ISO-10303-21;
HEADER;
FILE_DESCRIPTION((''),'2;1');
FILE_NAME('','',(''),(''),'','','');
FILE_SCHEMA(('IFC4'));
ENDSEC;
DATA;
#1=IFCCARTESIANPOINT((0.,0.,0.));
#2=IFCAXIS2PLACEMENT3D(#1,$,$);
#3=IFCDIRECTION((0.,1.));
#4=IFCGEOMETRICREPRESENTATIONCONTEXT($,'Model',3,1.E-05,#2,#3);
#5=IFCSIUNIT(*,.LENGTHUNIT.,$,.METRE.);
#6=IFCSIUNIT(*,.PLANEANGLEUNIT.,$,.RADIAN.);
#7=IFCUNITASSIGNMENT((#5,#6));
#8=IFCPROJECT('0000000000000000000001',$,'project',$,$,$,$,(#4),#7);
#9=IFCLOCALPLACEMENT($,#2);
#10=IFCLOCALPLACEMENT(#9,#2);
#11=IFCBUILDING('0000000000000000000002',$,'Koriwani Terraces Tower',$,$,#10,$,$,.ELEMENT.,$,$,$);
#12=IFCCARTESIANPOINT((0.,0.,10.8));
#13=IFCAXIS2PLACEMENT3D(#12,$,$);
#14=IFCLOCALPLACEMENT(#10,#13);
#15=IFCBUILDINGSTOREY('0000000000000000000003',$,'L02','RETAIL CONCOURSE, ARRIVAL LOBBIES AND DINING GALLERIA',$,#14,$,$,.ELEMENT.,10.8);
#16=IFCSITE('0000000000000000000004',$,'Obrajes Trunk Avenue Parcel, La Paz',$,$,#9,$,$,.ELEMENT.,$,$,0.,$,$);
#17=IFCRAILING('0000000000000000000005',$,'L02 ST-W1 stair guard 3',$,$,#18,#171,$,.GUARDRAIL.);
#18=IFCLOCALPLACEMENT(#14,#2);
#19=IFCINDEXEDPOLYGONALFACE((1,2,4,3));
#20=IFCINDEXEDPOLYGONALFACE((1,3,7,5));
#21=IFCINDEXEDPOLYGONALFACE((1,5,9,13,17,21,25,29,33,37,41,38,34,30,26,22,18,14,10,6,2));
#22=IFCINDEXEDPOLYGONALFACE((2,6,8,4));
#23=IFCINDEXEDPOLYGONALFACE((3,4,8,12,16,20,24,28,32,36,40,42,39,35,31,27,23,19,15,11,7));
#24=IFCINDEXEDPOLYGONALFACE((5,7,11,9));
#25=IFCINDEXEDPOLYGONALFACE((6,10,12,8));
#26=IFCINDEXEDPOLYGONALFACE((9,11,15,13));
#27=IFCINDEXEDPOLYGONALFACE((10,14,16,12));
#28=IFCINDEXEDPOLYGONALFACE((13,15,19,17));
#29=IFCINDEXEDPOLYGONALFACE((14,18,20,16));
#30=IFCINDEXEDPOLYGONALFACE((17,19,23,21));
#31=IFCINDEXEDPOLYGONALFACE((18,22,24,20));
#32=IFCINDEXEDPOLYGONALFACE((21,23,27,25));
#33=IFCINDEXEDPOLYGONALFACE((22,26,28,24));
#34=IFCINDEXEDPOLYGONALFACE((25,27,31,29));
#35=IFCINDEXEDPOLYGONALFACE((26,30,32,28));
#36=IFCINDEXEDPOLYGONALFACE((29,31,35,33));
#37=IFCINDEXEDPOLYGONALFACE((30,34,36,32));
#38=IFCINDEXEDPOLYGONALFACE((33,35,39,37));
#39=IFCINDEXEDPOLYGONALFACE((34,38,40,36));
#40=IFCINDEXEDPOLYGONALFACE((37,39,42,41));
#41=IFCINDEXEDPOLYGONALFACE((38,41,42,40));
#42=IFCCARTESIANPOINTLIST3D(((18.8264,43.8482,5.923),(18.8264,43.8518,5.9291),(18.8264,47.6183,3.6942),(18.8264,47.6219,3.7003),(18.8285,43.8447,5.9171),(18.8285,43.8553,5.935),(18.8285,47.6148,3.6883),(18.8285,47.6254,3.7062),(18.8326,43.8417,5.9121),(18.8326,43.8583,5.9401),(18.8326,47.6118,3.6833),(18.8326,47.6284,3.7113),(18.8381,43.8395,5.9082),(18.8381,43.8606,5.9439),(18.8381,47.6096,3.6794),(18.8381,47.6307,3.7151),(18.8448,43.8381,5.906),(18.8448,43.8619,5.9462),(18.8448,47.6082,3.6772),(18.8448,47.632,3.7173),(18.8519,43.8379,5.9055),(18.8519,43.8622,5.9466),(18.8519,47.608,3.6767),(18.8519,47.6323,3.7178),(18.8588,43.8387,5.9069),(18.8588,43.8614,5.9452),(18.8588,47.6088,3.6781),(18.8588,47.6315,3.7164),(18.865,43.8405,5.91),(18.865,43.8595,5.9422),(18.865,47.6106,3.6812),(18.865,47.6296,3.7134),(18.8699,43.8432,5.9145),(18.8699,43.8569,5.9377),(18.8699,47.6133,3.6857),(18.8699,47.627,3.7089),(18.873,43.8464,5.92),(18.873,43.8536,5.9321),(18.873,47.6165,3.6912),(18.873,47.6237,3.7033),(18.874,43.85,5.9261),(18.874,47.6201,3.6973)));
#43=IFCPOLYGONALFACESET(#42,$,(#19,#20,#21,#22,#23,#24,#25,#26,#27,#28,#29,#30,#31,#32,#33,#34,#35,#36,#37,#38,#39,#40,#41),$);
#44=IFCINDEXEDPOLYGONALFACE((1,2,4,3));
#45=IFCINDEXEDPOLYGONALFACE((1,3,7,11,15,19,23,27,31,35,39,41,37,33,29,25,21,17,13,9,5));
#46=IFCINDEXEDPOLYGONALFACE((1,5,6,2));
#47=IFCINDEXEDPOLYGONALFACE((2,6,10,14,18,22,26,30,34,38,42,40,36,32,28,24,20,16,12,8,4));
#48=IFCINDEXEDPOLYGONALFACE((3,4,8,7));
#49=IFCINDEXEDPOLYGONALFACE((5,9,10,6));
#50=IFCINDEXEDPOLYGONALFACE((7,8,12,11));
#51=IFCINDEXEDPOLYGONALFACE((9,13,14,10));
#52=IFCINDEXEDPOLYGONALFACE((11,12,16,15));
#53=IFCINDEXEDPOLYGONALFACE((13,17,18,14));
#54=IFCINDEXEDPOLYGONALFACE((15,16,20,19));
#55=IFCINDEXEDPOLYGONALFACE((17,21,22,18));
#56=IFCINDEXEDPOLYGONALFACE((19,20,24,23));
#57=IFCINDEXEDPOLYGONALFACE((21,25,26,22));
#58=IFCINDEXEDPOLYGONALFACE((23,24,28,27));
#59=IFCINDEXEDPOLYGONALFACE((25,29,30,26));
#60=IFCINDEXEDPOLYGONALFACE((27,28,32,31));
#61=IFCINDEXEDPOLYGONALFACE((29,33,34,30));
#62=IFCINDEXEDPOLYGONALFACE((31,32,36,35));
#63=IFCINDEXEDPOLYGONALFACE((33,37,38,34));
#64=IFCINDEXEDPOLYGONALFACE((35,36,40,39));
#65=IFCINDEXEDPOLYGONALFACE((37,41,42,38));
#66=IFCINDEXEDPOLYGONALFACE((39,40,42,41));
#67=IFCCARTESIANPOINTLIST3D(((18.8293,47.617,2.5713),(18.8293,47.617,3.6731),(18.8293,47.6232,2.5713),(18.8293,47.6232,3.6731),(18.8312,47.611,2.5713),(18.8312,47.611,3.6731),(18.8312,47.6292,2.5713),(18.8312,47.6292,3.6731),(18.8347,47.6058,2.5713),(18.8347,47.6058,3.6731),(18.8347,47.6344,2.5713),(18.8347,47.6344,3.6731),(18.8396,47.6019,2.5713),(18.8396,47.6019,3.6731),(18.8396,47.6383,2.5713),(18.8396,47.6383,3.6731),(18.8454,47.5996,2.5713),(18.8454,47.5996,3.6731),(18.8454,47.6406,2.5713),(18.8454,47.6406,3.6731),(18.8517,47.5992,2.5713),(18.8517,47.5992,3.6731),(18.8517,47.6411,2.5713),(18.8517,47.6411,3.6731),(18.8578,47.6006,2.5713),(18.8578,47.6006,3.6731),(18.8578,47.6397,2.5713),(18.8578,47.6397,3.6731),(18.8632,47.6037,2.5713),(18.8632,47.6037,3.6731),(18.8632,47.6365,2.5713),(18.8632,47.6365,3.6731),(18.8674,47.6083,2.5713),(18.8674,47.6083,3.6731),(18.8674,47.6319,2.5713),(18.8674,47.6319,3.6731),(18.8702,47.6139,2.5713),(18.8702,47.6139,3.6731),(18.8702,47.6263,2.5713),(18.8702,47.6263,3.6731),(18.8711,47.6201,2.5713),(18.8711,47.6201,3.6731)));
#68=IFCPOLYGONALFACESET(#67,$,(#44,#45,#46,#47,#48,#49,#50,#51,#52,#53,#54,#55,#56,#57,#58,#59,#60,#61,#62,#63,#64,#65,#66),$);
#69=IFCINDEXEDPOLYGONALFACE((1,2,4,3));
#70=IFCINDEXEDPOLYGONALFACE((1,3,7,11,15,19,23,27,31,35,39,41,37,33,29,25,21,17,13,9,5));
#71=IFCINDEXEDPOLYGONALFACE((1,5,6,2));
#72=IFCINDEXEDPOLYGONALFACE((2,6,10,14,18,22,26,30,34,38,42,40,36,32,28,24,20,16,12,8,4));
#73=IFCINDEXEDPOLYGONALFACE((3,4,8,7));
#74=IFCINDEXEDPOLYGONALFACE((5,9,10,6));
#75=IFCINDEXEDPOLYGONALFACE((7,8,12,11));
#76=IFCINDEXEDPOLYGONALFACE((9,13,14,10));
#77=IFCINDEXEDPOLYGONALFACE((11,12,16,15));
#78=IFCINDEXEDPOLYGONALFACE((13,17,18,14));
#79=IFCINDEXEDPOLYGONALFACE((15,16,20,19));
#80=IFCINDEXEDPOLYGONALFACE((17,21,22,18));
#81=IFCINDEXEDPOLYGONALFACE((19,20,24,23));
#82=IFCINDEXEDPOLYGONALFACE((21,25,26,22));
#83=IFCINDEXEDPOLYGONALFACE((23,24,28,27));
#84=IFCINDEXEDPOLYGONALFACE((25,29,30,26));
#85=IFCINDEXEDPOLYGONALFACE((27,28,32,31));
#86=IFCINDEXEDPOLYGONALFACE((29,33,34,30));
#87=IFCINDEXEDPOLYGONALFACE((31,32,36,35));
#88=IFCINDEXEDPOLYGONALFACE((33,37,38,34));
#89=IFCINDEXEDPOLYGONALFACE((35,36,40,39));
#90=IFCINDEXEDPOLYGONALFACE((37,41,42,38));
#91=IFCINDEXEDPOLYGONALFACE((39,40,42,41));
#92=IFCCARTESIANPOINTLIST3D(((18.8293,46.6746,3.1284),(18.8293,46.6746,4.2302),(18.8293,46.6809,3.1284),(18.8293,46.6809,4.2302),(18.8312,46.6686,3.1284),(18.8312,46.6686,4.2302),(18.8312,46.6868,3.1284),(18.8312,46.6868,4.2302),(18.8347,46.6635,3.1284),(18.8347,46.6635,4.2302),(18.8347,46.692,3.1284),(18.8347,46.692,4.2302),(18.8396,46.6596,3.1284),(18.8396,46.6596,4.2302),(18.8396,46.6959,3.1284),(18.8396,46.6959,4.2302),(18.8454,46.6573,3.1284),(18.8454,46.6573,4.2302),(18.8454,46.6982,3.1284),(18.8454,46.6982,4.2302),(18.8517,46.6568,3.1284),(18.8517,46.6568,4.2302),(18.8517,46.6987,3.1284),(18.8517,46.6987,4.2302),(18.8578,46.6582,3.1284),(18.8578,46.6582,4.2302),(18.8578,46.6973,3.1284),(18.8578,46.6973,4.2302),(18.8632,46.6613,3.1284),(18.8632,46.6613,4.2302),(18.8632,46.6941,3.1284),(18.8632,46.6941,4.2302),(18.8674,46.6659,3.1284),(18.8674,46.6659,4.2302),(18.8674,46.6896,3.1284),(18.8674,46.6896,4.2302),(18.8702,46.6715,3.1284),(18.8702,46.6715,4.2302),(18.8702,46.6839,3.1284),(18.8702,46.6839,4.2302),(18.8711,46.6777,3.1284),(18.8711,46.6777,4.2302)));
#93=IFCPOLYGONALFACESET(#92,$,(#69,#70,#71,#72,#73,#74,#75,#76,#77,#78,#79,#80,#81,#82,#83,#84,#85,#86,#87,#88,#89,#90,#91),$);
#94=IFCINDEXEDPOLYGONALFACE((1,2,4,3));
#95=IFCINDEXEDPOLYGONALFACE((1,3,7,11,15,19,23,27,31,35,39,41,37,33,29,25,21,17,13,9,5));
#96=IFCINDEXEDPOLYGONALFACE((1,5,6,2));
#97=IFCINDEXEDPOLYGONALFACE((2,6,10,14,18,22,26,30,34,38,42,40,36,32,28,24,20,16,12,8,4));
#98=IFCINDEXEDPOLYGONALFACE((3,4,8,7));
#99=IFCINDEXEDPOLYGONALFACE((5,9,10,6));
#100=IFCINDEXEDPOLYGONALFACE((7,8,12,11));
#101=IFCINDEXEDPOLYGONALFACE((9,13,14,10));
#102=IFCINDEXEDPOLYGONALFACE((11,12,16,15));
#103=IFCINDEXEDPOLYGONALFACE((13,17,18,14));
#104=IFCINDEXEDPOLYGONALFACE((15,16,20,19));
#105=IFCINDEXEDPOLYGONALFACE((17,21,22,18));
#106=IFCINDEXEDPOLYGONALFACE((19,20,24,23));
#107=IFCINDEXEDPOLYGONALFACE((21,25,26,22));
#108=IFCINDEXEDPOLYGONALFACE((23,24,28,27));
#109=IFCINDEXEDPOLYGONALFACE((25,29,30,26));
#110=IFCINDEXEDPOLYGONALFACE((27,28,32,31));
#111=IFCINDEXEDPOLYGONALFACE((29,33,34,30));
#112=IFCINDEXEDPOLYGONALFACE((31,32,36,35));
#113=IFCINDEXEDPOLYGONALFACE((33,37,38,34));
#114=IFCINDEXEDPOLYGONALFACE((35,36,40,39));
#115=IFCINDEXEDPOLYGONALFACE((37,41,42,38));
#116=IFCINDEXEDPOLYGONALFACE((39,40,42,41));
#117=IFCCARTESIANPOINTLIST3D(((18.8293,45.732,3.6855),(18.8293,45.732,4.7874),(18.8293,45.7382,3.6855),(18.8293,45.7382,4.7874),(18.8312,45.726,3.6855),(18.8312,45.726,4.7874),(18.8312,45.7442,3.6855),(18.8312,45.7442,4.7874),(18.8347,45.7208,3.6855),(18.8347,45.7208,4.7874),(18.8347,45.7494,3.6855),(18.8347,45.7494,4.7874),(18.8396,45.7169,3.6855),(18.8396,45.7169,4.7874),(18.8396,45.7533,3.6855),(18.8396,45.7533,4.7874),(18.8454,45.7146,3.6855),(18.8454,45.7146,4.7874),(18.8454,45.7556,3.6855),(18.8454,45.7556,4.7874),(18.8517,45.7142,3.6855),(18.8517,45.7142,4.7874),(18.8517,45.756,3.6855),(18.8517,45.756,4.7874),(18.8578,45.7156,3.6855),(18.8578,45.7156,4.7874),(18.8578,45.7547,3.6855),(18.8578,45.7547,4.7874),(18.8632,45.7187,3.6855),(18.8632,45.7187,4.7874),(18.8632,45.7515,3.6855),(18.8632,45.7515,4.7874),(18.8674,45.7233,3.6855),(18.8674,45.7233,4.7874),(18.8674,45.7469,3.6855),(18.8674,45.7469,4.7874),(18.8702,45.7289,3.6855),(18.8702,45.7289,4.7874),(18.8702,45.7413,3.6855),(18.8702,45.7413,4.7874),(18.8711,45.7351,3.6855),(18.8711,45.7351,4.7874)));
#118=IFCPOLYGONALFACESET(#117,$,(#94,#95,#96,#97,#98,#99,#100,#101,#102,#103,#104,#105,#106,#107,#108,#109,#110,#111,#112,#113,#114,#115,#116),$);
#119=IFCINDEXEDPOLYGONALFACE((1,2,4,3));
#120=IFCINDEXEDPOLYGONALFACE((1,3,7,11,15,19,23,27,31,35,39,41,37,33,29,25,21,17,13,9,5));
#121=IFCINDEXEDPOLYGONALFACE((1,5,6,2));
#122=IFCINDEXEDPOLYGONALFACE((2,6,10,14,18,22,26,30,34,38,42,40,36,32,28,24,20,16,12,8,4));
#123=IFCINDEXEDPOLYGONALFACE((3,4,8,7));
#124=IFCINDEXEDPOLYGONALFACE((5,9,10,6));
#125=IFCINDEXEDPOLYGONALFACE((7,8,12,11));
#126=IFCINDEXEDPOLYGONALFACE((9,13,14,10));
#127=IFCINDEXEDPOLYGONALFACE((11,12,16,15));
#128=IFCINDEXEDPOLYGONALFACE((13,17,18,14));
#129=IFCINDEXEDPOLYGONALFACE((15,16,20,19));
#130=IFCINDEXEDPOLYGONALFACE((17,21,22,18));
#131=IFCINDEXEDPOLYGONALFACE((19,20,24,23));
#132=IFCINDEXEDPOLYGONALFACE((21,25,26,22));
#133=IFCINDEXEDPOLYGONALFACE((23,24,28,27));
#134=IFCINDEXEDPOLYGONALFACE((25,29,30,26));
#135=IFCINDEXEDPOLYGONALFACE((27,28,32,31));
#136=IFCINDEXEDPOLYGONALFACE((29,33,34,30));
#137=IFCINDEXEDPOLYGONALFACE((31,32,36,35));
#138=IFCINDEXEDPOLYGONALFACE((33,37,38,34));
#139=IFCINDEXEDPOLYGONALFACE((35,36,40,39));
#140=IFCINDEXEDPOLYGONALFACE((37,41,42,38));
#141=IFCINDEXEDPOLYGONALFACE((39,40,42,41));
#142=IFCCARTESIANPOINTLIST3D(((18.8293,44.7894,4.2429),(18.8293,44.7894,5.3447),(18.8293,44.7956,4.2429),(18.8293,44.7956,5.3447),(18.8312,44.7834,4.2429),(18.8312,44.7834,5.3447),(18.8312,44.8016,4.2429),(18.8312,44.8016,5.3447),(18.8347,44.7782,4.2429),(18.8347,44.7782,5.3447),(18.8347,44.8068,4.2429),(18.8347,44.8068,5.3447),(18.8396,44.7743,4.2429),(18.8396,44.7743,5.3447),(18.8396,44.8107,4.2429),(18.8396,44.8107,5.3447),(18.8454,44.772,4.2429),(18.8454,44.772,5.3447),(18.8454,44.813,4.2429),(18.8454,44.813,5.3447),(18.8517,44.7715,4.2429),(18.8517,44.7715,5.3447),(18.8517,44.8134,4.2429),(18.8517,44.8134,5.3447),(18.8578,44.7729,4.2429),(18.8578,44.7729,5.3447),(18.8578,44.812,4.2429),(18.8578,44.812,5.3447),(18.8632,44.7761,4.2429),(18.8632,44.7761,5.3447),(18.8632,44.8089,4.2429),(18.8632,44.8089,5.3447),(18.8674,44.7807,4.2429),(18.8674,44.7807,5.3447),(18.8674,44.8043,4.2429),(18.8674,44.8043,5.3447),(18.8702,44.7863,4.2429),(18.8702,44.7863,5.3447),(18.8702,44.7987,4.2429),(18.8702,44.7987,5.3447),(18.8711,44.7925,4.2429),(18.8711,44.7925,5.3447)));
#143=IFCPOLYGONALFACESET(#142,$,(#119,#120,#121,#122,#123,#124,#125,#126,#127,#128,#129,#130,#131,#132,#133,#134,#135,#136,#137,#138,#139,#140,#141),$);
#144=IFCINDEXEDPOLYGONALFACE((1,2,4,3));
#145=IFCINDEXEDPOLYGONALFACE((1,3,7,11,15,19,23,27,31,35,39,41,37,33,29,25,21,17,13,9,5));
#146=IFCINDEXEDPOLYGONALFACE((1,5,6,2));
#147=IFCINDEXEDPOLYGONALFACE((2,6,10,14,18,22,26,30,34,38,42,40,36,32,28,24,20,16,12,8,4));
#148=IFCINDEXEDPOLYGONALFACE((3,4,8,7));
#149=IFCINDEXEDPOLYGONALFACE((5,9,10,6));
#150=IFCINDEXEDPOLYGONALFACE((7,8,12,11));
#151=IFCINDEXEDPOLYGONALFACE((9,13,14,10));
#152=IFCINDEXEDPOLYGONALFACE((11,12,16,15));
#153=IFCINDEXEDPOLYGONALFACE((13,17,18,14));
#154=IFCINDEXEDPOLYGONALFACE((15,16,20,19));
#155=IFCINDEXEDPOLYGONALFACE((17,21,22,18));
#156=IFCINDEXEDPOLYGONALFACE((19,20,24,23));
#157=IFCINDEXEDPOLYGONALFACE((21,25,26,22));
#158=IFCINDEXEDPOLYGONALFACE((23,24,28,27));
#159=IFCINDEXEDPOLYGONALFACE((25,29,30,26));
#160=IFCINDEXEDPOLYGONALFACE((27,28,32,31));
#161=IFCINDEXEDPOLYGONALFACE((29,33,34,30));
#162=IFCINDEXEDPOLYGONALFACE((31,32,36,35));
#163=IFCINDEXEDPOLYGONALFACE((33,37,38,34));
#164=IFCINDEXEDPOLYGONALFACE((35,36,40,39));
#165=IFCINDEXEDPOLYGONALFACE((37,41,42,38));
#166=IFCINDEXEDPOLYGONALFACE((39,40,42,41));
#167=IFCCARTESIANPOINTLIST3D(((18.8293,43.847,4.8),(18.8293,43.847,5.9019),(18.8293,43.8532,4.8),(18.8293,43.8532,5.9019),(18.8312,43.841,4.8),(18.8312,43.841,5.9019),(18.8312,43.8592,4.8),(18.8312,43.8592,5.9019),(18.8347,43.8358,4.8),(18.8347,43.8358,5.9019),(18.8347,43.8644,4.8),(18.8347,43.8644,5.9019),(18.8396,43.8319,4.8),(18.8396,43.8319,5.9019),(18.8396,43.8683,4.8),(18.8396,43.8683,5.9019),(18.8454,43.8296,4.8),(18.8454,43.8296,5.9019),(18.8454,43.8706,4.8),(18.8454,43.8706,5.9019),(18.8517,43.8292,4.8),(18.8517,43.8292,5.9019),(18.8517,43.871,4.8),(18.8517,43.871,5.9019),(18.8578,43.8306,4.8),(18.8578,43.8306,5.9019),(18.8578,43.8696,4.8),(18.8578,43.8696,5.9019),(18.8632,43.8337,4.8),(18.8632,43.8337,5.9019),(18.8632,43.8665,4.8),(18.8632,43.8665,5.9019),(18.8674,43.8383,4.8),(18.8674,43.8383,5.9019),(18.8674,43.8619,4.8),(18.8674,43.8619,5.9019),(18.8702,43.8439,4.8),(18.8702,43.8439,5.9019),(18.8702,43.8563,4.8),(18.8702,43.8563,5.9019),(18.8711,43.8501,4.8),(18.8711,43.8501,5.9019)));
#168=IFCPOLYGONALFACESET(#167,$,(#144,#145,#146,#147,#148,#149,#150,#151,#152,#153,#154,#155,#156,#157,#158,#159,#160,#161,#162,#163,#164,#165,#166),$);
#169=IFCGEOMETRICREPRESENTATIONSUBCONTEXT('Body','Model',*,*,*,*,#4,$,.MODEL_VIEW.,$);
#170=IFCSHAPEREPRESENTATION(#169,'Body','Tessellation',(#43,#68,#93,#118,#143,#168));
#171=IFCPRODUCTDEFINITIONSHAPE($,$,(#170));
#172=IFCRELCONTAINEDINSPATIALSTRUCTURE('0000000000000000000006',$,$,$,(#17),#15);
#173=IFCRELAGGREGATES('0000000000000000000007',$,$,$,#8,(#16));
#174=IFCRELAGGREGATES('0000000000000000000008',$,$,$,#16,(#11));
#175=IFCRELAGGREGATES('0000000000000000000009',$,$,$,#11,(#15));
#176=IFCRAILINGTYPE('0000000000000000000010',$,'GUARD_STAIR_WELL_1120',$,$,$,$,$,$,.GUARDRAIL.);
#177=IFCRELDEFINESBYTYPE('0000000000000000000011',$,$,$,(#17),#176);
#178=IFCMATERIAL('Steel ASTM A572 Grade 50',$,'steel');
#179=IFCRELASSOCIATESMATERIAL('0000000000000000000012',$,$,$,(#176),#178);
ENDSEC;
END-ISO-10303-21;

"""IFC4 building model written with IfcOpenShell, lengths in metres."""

from ifc_helpers import new_model, si_unit, direction, frame, origin, origin_2d, place, context, subcontext, project, spatial, circle, extrude, material, type_object, element, save


model = new_model("IFC4")

# Units and contexts
model_context = context("Model", 3, precision=1e-05, world=origin(), true_north=direction((0.0, 1.0)))
body_context = subcontext(model_context, "Body", "Model", "MODEL_VIEW")
ifc_project = project(units=[si_unit("LENGTHUNIT", "METRE"), si_unit("PLANEANGLEUNIT", "RADIAN")], contexts=[model_context])

# Site, building, storey
site_placement = place(None, origin())
site = spatial("IfcSite", under=ifc_project, at=site_placement, Name="Obrajes Trunk Avenue Parcel, La Paz", CompositionType="ELEMENT", RefElevation=0.0)
building_placement = place(site_placement, origin())
building = spatial("IfcBuilding", under=site, at=building_placement, Name="Koriwani Terraces Tower", CompositionType="ELEMENT")
storey_placement = place(building_placement, frame((0.0, 0.0, 10.8)))
storey = spatial("IfcBuildingStorey", under=building, at=storey_placement, Name="L02", Description="RETAIL CONCOURSE, ARRIVAL LOBBIES AND DINING GALLERIA", CompositionType="ELEMENT", Elevation=10.8)

# Shared definitions
ifc_material_1 = material(Name="Steel ASTM A572 Grade 50", Category="steel")

# Railing
railing_type_1 = type_object("IfcRailingType", Name="GUARD_STAIR_WELL_1120", PredefinedType="GUARDRAIL", material=ifc_material_1)
railing_1_placement = place(storey_placement, frame((18.8501, 47.6201, 2.5713)))
element("IfcRailing", 1, at=railing_1_placement, inside=storey, type_object=railing_type_1, Name="L02 ST-W1 stair guard 3", PredefinedType="GUARDRAIL", context=body_context, shape_type="SweptSolid", body=[
    extrude(circle(Radius=0.0239, at=origin_2d()), frame((0.0, 0.0, 1.126), z_axis=(0.0, -0.860824, 0.508902), x_axis=(1.0, 0.0, 0.0)), (0.0, 0.0, 1.0), 4.3796),
    extrude(circle(Radius=0.021, at=origin_2d()), origin(), (0.0, 0.0, 1.0), 1.1018),
    extrude(circle(Radius=0.021, at=origin_2d()), frame((0.0, -0.9424, 0.5571)), (0.0, 0.0, 1.0), 1.1018),
    extrude(circle(Radius=0.021, at=origin_2d()), frame((0.0, -1.885, 1.1143)), (0.0, 0.0, 1.0), 1.1018),
    extrude(circle(Radius=0.021, at=origin_2d()), frame((0.0, -2.8276, 1.6716)), (0.0, 0.0, 1.0), 1.1018),
    extrude(circle(Radius=0.021, at=origin_2d()), frame((0.0, -3.77, 2.2288)), (0.0, 0.0, 1.0), 1.1018),
])

save(model, "model.ifc")
